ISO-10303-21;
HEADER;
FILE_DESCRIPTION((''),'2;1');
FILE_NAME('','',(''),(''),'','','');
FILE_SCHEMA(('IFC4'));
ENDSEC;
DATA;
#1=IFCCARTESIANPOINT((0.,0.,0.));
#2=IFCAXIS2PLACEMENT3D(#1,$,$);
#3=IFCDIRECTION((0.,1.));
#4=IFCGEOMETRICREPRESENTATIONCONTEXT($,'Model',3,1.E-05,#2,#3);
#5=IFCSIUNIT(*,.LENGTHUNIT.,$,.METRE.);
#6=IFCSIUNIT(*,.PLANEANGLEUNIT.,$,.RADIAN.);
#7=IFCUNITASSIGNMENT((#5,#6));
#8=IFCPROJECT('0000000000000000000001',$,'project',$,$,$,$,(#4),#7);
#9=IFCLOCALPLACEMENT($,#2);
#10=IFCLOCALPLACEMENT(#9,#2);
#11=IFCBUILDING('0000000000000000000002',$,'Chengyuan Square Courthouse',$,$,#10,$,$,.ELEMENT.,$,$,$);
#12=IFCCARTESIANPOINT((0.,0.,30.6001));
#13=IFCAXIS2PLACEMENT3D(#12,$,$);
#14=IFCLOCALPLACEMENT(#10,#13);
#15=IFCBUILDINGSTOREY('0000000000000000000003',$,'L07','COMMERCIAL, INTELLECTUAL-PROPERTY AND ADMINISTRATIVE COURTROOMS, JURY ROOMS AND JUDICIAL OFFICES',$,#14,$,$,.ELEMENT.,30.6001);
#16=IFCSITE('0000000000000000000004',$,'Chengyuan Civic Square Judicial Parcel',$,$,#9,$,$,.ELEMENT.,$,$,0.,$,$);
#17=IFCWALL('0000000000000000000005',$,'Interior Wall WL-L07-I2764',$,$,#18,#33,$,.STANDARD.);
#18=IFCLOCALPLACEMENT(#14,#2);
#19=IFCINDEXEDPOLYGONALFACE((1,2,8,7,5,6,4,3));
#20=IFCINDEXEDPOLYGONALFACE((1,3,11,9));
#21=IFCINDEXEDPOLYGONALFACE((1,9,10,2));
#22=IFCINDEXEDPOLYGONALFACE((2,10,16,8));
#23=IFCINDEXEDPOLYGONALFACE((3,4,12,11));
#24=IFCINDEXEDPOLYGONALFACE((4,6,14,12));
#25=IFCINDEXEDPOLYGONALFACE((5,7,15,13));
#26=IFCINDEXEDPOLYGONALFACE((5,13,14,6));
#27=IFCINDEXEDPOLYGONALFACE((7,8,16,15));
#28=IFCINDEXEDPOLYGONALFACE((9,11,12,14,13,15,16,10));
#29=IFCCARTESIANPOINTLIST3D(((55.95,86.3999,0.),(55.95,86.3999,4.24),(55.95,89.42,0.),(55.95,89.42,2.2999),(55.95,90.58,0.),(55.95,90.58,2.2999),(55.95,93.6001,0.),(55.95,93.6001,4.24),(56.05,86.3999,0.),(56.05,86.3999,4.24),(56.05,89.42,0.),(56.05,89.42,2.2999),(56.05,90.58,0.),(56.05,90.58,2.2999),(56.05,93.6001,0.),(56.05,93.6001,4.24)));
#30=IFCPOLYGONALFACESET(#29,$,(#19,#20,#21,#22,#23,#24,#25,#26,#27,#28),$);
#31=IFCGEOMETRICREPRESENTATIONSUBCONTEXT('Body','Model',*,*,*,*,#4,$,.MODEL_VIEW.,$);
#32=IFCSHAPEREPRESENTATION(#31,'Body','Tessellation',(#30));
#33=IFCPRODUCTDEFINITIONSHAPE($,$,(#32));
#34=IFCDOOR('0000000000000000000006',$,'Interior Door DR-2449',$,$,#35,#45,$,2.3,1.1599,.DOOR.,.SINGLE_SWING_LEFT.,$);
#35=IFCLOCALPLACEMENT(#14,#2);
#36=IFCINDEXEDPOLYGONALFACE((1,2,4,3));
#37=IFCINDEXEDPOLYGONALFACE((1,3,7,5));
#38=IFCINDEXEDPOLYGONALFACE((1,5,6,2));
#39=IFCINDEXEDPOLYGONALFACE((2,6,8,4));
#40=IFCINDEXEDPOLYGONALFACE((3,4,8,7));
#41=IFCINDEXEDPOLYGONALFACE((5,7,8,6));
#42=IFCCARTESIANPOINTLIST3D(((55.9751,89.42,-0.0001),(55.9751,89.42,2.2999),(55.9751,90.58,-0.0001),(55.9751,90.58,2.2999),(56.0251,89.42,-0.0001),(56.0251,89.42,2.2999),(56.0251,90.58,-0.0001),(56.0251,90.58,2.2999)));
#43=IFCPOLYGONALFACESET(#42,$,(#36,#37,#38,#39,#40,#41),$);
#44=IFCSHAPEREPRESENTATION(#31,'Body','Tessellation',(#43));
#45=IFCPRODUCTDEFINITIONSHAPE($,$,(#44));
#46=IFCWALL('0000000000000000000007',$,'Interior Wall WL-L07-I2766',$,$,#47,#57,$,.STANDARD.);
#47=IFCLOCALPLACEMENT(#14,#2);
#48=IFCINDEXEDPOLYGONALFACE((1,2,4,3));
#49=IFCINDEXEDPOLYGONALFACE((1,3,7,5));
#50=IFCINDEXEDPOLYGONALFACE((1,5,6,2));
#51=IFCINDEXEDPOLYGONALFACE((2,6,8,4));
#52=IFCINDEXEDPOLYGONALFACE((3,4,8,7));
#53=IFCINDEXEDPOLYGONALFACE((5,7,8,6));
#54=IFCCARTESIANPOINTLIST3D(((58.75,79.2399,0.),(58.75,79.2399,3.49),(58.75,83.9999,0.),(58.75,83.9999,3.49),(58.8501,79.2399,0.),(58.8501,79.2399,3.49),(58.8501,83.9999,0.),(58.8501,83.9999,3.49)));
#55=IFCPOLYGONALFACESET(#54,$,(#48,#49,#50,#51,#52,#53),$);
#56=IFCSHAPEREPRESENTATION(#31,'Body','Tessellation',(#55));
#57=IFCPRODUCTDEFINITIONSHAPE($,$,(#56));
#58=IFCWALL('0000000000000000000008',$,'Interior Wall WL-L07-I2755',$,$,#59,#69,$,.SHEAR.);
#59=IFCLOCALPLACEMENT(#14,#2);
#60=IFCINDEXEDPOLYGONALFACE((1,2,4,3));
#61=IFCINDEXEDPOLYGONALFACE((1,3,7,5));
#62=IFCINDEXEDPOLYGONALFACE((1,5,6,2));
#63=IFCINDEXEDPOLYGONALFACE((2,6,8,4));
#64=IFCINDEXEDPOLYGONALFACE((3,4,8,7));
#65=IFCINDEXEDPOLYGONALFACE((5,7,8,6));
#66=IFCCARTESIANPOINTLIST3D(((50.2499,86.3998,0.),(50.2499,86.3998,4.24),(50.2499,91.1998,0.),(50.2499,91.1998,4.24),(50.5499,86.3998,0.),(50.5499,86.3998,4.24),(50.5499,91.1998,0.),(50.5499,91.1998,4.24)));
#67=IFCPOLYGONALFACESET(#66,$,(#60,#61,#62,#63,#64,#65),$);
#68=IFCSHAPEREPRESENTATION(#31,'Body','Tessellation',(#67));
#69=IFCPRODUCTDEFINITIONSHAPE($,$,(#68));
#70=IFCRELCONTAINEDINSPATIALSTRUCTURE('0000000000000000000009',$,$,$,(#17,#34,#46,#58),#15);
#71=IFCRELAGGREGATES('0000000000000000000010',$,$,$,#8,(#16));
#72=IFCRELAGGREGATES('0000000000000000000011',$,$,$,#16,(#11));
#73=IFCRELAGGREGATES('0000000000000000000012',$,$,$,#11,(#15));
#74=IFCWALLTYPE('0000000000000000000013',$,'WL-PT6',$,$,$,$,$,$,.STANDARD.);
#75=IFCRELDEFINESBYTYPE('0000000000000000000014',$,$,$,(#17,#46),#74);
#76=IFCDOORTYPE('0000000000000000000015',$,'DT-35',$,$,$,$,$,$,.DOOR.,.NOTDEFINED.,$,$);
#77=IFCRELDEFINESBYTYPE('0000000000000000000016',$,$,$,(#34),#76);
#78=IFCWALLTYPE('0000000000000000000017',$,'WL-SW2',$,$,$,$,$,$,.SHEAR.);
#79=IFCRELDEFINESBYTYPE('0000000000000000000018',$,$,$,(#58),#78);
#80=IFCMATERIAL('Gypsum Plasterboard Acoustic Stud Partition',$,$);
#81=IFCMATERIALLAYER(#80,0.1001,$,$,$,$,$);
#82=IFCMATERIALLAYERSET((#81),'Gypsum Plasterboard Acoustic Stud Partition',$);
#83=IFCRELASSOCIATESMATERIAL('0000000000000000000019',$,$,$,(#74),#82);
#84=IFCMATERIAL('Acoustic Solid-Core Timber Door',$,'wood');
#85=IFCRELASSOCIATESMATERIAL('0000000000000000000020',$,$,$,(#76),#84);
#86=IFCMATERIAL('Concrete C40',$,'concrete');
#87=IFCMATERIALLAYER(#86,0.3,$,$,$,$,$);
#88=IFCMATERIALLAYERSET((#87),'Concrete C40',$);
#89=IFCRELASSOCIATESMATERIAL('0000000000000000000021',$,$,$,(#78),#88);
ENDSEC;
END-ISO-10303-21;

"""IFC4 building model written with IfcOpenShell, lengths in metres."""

from ifc_helpers import new_model, si_unit, direction, frame, frame_2d, origin, place, context, subcontext, project, spatial, rectangle, extrude, material, layer, layer_set, type_object, element, fill, save


model = new_model("IFC4")

# Units and contexts
model_context = context("Model", 3, precision=1e-05, world=origin(), true_north=direction((0.0, 1.0)))
body_context = subcontext(model_context, "Body", "Model", "MODEL_VIEW")
ifc_project = project(units=[si_unit("LENGTHUNIT", "METRE"), si_unit("PLANEANGLEUNIT", "RADIAN")], contexts=[model_context])

# Site, building, storey
site_placement = place(None, origin())
site = spatial("IfcSite", under=ifc_project, at=site_placement, Name="Chengyuan Civic Square Judicial Parcel", CompositionType="ELEMENT", RefElevation=0.0)
building_placement = place(site_placement, origin())
building = spatial("IfcBuilding", under=site, at=building_placement, Name="Chengyuan Square Courthouse", CompositionType="ELEMENT")
storey_placement = place(building_placement, frame((0.0, 0.0, 30.6001)))
storey = spatial("IfcBuildingStorey", under=building, at=storey_placement, Name="L07", Description="COMMERCIAL, INTELLECTUAL-PROPERTY AND ADMINISTRATIVE COURTROOMS, JURY ROOMS AND JUDICIAL OFFICES", CompositionType="ELEMENT", Elevation=30.6001)

# Shared definitions
ifc_material_1 = material(Name="Concrete C40", Category="concrete")

# Shared definitions
ifc_material_2 = material(Name="Gypsum Plasterboard Acoustic Stud Partition")
ifc_layer_1 = layer(ifc_material_2, 0.1001)
ifc_layer_set_1 = layer_set([ifc_layer_1], Name="Gypsum Plasterboard Acoustic Stud Partition")
wall_type_1 = type_object("IfcWallType", Name="WL-PT6", PredefinedType="STANDARD", material=ifc_layer_set_1)
ifc_material_3 = material(Name="Acoustic Solid-Core Timber Door", Category="wood")

# Wall, opening, door
wall_1_placement = place(storey_placement, frame((56.0, 86.3999, 0.0), z_axis=(0.0, 0.0, 1.0), x_axis=(0.0, 1.0, 0.0)))
wall_1 = element("IfcWall", 1, at=wall_1_placement, inside=storey, type_object=wall_type_1, Name="Interior Wall WL-L07-I2764", PredefinedType="STANDARD", context=body_context, shape_type="SweptSolid", body=[
    extrude(rectangle(XDim=7.2002, YDim=0.1001, at=frame_2d((3.6001, 0.0))), origin(), (0.0, 0.0, 1.0), 4.24),
])
opening_1_placement = place(wall_1_placement, frame((3.02, 0.0, 0.0)))
opening_1 = element("IfcOpeningElement", 2, at=opening_1_placement, cuts=wall_1, PredefinedType="OPENING", context=body_context, shape_type="SweptSolid", body=[
    extrude(rectangle(XDim=1.1599, YDim=2.3, at=frame_2d((0.5801, 1.1499))), frame((0.0, 0.062, 0.0), z_axis=(0.0, -1.0, 0.0), x_axis=(1.0, 0.0, 0.0)), (0.0, 0.0, 1.0), 0.124),
])
door_type_1 = type_object("IfcDoorType", Name="DT-35", OperationType="NOTDEFINED", PredefinedType="DOOR", material=ifc_material_3)
door_1_placement = place(opening_1_placement, origin())
door_1 = element("IfcDoor", 3, at=door_1_placement, inside=storey, type_object=door_type_1, Name="Interior Door DR-2449", OperationType="SINGLE_SWING_LEFT", OverallHeight=2.3, OverallWidth=1.1599, PredefinedType="DOOR", context=body_context, shape_type="SweptSolid", body=[
    extrude(rectangle(XDim=1.1599, YDim=2.3, at=frame_2d((0.5801, 1.1499))), frame((0.0, 0.0249, 0.0), z_axis=(0.0, -1.0, 0.0), x_axis=(1.0, 0.0, 0.0)), (0.0, 0.0, 1.0), 0.05),
])
fill(opening_1, door_1)

# Walls
wall_2_placement = place(storey_placement, frame((58.8, 79.24, 0.0), z_axis=(0.0, 0.0, 1.0), x_axis=(0.0, 1.0, 0.0)))
element("IfcWall", 4, at=wall_2_placement, inside=storey, type_object=wall_type_1, Name="Interior Wall WL-L07-I2766", PredefinedType="STANDARD", context=body_context, shape_type="SweptSolid", body=[
    extrude(rectangle(XDim=4.76, YDim=0.1001, at=frame_2d((2.3799, 0.0))), origin(), (0.0, 0.0, 1.0), 3.49),
])
ifc_layer_2 = layer(ifc_material_1, 0.3)
ifc_layer_set_2 = layer_set([ifc_layer_2], Name="Concrete C40")
wall_type_2 = type_object("IfcWallType", Name="WL-SW2", PredefinedType="SHEAR", material=ifc_layer_set_2)
wall_3_placement = place(storey_placement, frame((50.3999, 86.3999, 0.0), z_axis=(0.0, 0.0, 1.0), x_axis=(0.0, 1.0, 0.0)))
element("IfcWall", 5, at=wall_3_placement, inside=storey, type_object=wall_type_2, Name="Interior Wall WL-L07-I2755", PredefinedType="SHEAR", context=body_context, shape_type="SweptSolid", body=[
    extrude(rectangle(XDim=4.8, YDim=0.3, at=frame_2d((2.3999, 0.0))), origin(), (0.0, 0.0, 1.0), 4.24),
])

save(model, "model.ifc")
